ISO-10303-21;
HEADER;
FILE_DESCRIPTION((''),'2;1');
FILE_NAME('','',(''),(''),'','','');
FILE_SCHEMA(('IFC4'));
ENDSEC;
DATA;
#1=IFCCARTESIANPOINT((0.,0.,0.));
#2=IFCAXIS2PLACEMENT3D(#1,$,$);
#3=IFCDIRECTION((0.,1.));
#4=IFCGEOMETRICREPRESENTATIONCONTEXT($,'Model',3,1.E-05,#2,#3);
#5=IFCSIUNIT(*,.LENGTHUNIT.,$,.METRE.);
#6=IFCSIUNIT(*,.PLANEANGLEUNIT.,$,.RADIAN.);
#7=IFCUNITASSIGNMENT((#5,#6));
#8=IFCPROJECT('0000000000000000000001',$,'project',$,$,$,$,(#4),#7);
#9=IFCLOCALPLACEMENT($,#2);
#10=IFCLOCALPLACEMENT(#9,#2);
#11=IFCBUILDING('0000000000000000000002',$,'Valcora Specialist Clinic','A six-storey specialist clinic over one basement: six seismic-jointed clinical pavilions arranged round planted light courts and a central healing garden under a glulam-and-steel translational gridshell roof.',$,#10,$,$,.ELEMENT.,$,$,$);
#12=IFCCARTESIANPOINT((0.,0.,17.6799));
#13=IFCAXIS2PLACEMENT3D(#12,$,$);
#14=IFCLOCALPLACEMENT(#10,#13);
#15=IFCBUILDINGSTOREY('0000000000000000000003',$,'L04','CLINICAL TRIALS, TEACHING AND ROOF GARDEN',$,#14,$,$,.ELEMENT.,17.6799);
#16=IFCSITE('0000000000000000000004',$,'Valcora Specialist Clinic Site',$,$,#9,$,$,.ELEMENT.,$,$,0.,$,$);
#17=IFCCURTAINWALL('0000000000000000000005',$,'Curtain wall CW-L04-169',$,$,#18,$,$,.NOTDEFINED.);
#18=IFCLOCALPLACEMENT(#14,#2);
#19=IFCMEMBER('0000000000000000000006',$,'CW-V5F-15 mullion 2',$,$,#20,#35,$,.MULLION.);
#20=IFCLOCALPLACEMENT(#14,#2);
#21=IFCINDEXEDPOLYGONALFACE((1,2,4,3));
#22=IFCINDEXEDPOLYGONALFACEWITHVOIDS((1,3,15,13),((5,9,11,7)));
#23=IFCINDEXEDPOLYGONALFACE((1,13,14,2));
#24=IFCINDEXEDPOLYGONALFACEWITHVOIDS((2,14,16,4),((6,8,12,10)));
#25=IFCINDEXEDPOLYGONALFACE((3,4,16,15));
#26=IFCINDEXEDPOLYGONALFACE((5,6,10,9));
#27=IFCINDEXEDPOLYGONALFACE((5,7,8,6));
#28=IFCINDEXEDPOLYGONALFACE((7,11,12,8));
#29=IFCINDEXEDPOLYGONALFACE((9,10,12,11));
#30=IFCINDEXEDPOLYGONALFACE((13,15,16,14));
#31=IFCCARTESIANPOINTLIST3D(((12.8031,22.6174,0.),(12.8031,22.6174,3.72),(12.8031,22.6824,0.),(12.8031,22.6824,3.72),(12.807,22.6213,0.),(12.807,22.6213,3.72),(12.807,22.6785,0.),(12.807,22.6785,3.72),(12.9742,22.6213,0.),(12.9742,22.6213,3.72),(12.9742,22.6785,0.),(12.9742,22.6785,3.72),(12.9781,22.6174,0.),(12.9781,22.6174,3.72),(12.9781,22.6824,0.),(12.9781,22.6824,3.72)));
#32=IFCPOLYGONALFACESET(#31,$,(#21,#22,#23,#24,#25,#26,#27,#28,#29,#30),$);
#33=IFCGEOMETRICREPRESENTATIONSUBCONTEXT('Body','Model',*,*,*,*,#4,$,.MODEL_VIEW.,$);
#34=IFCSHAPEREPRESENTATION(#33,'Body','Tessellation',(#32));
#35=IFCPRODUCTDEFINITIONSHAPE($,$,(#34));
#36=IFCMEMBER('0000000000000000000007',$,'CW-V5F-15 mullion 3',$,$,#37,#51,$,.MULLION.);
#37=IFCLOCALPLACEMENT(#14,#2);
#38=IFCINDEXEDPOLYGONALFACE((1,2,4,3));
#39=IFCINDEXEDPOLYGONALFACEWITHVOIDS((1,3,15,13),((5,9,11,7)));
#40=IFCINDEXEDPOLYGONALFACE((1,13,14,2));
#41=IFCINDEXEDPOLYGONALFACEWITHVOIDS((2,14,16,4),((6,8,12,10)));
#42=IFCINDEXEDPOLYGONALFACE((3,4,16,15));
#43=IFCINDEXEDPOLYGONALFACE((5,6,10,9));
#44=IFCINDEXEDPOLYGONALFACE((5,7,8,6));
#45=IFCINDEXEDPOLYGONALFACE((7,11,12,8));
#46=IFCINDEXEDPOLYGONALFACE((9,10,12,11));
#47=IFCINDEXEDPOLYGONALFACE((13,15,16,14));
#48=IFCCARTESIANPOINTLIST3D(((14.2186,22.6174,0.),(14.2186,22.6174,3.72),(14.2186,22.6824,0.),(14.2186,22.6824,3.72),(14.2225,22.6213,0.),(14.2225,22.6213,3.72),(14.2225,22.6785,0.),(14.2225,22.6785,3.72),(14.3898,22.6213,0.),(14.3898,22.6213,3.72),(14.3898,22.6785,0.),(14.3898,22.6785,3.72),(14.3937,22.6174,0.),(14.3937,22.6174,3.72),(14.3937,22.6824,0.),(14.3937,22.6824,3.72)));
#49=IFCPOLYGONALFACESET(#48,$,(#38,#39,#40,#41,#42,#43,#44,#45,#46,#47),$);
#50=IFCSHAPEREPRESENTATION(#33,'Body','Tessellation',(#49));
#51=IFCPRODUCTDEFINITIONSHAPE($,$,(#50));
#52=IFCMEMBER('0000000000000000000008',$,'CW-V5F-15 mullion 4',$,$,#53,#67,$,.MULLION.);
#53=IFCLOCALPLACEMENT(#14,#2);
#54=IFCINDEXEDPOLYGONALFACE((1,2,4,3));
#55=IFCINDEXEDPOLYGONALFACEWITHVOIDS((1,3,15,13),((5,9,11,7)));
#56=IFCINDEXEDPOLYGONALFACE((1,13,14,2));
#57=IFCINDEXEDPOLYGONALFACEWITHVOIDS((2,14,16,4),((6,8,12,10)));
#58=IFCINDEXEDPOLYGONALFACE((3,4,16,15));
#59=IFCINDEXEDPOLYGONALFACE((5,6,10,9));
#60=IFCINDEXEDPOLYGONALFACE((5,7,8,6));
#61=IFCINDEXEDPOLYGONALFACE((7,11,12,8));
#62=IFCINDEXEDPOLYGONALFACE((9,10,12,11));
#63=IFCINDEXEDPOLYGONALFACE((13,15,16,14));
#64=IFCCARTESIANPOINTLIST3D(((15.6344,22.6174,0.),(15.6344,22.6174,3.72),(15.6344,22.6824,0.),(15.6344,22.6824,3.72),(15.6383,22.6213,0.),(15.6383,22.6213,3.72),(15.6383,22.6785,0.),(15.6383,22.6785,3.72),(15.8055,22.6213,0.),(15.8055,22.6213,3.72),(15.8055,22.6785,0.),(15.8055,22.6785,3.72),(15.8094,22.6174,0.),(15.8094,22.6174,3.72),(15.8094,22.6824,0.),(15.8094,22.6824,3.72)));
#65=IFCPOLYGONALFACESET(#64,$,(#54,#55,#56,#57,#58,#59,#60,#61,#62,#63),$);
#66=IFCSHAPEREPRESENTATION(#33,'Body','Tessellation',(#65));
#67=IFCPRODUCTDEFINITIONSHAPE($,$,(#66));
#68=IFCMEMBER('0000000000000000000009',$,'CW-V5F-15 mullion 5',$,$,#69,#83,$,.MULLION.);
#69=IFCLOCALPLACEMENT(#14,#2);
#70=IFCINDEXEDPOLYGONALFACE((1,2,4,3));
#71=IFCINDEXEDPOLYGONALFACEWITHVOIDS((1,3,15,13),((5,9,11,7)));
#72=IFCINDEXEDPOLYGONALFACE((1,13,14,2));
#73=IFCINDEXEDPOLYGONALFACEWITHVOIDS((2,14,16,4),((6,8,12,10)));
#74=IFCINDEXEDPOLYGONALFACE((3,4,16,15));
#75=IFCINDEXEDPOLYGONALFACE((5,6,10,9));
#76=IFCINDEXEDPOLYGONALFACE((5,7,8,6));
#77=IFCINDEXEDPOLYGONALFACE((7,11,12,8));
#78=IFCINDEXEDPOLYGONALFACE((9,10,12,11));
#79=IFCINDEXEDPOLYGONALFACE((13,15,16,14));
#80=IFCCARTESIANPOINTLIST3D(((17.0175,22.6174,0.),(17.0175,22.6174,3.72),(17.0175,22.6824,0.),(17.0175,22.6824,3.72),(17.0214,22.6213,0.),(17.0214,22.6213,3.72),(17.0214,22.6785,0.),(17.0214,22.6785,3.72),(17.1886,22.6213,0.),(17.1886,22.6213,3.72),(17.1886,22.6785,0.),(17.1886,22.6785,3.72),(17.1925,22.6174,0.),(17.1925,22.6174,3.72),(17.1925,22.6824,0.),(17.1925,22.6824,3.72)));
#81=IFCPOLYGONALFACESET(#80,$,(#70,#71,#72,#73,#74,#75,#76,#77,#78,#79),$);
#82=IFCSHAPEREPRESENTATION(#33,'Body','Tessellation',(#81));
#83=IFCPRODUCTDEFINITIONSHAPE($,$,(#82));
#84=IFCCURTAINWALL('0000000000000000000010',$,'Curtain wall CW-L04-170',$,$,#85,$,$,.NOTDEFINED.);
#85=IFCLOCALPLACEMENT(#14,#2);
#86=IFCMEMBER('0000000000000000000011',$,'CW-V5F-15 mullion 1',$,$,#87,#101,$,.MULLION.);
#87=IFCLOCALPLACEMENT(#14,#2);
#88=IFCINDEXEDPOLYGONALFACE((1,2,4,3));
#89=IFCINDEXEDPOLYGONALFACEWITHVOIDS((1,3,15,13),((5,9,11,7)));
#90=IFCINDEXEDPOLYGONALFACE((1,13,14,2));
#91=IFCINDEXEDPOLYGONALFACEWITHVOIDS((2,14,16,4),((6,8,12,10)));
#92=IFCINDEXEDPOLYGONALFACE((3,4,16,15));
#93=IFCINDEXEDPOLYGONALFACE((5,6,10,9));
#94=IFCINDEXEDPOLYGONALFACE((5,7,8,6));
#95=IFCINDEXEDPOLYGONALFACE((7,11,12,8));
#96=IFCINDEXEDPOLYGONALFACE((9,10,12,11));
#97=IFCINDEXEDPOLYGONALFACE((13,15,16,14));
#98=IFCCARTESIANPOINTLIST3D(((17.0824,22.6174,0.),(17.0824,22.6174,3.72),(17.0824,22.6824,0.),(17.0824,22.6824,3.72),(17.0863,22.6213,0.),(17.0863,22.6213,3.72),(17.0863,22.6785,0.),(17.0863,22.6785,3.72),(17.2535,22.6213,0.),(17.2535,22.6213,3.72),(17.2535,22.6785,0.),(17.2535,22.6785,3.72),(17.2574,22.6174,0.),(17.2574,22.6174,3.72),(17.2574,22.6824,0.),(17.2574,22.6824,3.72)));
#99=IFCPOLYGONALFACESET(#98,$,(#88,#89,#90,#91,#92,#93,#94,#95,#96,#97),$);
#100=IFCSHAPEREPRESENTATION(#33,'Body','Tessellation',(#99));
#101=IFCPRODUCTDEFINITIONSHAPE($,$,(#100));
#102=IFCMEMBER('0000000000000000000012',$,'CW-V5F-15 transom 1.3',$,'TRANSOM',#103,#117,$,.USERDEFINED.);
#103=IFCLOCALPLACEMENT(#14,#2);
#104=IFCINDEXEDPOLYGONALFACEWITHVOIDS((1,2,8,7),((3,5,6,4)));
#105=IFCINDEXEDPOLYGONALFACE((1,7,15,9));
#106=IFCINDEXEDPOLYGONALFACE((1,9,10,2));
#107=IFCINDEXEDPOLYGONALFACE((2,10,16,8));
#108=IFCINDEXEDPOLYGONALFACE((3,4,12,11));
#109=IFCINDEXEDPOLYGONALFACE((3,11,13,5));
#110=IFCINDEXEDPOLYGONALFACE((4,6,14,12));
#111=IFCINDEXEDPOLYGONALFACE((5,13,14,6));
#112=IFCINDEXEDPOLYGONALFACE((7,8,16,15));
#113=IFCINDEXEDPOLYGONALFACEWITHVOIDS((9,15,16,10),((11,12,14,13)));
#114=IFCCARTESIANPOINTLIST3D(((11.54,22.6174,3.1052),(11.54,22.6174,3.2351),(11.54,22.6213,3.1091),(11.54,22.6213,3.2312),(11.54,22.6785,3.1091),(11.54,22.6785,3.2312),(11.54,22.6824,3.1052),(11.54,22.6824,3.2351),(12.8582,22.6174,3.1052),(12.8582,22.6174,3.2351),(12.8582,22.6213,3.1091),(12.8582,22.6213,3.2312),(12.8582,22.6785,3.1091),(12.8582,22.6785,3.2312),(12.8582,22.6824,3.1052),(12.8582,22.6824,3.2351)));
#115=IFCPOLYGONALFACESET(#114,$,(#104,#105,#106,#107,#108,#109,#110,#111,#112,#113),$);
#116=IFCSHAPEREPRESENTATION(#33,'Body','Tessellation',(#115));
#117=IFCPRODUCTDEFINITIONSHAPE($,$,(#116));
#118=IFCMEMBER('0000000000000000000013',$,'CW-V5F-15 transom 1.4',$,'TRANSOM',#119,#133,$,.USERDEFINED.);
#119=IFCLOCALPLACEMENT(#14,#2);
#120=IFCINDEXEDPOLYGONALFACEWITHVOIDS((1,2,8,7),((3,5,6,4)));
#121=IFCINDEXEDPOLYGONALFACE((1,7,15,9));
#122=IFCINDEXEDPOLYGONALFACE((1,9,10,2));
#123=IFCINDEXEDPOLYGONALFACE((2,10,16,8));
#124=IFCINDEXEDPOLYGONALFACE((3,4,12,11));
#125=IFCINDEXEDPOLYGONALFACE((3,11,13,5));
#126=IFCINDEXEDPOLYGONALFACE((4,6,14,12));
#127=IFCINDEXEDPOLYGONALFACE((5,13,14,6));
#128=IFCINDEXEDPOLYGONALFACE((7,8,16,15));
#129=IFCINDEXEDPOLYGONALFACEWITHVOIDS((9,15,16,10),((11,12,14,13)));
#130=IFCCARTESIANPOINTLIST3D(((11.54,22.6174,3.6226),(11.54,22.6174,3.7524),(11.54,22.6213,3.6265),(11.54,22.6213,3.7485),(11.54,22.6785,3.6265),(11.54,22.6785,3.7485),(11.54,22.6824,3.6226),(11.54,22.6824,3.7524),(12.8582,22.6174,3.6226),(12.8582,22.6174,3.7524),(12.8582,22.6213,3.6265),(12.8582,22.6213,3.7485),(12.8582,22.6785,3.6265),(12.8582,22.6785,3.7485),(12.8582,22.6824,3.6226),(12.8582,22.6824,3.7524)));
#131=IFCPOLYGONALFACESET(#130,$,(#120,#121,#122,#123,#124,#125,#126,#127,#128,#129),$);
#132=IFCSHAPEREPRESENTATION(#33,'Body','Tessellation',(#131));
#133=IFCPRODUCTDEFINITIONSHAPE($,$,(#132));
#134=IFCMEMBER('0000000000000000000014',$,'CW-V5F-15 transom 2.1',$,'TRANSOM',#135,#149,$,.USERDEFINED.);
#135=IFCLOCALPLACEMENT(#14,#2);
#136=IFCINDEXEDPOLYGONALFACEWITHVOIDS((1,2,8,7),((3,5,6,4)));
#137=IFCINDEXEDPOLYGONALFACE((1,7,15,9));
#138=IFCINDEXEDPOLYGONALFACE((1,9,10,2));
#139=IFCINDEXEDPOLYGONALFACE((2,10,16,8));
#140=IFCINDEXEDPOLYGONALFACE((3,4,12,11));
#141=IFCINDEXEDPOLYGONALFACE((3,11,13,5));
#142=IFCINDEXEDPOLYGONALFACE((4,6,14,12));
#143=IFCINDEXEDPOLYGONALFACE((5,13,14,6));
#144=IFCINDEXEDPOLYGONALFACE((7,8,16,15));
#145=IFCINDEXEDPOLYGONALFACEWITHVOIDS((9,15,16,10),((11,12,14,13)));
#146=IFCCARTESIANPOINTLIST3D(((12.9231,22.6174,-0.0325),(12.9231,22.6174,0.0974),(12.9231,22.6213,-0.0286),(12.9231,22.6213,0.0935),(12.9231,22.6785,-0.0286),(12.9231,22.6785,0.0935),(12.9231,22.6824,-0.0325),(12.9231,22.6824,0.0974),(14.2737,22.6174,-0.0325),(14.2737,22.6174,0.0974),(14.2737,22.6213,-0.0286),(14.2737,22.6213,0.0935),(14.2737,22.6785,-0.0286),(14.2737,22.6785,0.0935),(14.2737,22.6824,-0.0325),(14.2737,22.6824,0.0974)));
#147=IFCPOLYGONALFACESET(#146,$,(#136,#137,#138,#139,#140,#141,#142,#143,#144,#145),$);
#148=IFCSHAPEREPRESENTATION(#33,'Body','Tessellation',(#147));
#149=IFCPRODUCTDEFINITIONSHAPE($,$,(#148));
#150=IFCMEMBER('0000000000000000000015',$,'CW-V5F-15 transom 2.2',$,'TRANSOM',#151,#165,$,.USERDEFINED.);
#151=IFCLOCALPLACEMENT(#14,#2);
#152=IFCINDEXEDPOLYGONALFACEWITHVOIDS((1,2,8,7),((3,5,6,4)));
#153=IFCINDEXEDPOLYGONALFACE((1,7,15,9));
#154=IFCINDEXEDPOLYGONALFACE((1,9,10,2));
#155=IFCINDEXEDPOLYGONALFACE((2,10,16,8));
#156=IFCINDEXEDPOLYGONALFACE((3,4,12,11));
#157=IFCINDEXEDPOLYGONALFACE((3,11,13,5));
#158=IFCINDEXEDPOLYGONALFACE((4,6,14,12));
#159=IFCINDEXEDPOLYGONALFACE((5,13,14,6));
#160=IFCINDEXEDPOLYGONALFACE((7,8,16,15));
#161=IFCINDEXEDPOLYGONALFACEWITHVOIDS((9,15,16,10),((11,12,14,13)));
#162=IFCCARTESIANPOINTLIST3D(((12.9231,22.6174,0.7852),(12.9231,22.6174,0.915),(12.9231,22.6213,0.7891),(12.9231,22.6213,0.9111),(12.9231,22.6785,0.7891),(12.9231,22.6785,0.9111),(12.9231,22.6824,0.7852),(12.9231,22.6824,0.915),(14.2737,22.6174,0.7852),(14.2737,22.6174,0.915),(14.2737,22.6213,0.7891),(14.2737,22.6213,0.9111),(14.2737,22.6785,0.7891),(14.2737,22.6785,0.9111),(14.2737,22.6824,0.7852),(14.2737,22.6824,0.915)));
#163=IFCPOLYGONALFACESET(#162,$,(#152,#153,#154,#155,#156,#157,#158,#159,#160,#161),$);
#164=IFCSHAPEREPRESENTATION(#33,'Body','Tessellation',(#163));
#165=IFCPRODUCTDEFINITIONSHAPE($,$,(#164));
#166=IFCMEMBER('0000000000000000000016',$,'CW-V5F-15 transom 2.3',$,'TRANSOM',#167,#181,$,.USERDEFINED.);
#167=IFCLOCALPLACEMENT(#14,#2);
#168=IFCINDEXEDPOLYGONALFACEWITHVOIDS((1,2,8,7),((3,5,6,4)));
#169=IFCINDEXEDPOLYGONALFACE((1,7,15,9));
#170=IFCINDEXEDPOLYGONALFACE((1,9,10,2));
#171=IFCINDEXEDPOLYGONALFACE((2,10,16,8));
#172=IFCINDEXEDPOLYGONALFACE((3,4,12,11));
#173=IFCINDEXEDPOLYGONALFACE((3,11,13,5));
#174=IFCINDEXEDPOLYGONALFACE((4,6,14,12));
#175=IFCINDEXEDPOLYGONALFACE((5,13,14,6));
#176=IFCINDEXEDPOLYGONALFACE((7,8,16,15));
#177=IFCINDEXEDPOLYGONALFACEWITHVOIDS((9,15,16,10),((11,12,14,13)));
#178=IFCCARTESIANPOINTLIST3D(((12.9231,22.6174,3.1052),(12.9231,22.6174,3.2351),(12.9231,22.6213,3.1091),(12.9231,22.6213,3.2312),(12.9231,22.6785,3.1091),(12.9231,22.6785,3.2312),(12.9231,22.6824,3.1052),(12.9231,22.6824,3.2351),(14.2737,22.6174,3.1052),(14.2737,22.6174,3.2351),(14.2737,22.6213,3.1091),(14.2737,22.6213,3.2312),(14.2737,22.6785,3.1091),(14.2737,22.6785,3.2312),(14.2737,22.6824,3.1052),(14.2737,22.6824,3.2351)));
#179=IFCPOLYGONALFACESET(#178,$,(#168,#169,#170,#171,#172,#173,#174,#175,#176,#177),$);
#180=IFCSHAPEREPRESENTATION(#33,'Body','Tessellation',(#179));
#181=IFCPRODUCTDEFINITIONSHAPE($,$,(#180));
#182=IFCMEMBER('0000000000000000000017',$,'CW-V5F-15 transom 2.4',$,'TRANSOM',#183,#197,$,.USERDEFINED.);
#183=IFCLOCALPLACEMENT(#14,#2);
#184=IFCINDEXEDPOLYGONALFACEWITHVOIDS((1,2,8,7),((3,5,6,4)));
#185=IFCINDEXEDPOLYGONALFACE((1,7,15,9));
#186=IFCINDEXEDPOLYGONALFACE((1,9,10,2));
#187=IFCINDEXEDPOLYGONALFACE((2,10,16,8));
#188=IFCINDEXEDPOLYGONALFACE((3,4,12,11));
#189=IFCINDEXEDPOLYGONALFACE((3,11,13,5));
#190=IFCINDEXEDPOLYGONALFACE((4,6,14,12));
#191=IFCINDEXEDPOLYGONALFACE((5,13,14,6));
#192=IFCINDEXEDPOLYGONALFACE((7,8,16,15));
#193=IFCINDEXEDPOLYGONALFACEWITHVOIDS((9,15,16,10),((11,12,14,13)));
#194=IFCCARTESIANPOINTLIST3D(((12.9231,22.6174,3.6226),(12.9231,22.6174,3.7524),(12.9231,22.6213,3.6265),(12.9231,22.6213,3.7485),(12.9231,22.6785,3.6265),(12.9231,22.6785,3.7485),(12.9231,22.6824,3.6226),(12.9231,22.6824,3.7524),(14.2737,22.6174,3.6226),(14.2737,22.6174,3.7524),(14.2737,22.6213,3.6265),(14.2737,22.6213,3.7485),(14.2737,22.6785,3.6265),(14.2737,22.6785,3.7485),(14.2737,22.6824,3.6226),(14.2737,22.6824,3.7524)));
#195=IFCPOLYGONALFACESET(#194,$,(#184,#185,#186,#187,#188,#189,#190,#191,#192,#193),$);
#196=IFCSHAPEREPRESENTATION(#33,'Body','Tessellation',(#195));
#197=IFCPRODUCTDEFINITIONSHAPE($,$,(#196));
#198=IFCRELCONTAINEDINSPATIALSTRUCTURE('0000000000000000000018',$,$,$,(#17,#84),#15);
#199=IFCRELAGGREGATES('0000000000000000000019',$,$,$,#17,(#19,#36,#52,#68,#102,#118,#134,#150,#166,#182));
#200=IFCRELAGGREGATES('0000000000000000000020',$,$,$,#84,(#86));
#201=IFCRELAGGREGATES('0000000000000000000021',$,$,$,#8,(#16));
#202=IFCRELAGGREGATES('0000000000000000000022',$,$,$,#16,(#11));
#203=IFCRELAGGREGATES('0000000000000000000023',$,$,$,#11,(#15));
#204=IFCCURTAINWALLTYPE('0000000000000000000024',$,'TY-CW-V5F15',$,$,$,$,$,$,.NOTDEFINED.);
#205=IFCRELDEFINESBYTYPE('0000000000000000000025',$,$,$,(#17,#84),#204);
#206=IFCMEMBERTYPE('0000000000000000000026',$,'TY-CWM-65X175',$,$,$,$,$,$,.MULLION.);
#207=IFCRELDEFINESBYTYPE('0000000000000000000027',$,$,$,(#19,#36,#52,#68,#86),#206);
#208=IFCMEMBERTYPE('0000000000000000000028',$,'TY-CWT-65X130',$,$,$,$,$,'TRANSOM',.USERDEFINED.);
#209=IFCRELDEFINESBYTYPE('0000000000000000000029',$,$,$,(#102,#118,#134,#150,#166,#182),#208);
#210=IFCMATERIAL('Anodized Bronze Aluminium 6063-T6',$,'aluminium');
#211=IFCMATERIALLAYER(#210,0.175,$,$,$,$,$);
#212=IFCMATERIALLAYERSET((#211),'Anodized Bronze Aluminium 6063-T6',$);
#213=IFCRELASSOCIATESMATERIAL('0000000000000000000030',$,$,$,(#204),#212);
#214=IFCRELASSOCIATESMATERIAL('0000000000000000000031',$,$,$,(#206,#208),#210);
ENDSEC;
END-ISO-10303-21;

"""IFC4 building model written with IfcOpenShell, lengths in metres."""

from ifc_helpers import new_model, si_unit, direction, frame, origin, origin_2d, place, context, subcontext, project, spatial, hollow_rectangle, extrude, material, layer, layer_set, material_profile, profile_set, type_object, element, aggregate, save


model = new_model("IFC4")

# Units and contexts
model_context = context("Model", 3, precision=1e-05, world=origin(), true_north=direction((0.0, 1.0)))
body_context = subcontext(model_context, "Body", "Model", "MODEL_VIEW")
ifc_project = project(units=[si_unit("LENGTHUNIT", "METRE"), si_unit("PLANEANGLEUNIT", "RADIAN")], contexts=[model_context])

# Site, building, storey
site_placement = place(None, origin())
site = spatial("IfcSite", under=ifc_project, at=site_placement, Name="Valcora Specialist Clinic Site", CompositionType="ELEMENT", RefElevation=0.0)
building_placement = place(site_placement, origin())
building = spatial("IfcBuilding", under=site, at=building_placement, Name="Valcora Specialist Clinic", Description="A six-storey specialist clinic over one basement: six seismic-jointed clinical pavilions arranged round planted light courts and a central healing garden under a glulam-and-steel translational gridshell roof.", CompositionType="ELEMENT")
storey_placement = place(building_placement, frame((0.0, 0.0, 17.6799)))
storey = spatial("IfcBuildingStorey", under=building, at=storey_placement, Name="L04", Description="CLINICAL TRIALS, TEACHING AND ROOF GARDEN", CompositionType="ELEMENT", Elevation=17.6799)

# Curtain wall, members
ifc_material_1 = material(Name="Anodized Bronze Aluminium 6063-T6", Category="aluminium")
ifc_layer_1 = layer(ifc_material_1, 0.175)
ifc_layer_set_1 = layer_set([ifc_layer_1], Name="Anodized Bronze Aluminium 6063-T6")
curtain_wall_type = type_object("IfcCurtainWallType", Name="TY-CW-V5F15", PredefinedType="NOTDEFINED", material=ifc_layer_set_1)
curtain_wall_1_placement = place(storey_placement, origin())
curtain_wall_1 = element("IfcCurtainWall", 1, at=curtain_wall_1_placement, inside=storey, type_object=curtain_wall_type, Name="Curtain wall CW-L04-169", PredefinedType="NOTDEFINED")
ifc_material_profile_1 = material_profile(ifc_material_1, hollow_rectangle(XDim=0.0649, YDim=0.175, WallThickness=0.0039, at=origin_2d()), Name="AL-MUL-65X175")
ifc_profile_set_1 = profile_set([ifc_material_profile_1], Name="Anodized Bronze Aluminium 6063-T6")
member_type_1 = type_object("IfcMemberType", Name="TY-CWM-65X175", PredefinedType="MULLION", material=ifc_profile_set_1)
member_1_placement = place(storey_placement, frame((12.8906, 22.6499, 0.0), z_axis=(0.0, 0.0, 1.0), x_axis=(0.0, 1.0, 0.0)))
member_1 = element("IfcMember", 2, at=member_1_placement, type_object=member_type_1, Name="CW-V5F-15 mullion 2", PredefinedType="MULLION", context=body_context, shape_type="SweptSolid", body=[
    extrude(hollow_rectangle(XDim=0.0649, YDim=0.175, WallThickness=0.0039, at=origin_2d()), origin(), (0.0, 0.0, 1.0), 3.72),
])
member_2_placement = place(storey_placement, frame((14.3062, 22.6499, 0.0), z_axis=(0.0, 0.0, 1.0), x_axis=(0.0, 1.0, 0.0)))
member_2 = element("IfcMember", 3, at=member_2_placement, type_object=member_type_1, Name="CW-V5F-15 mullion 3", PredefinedType="MULLION", context=body_context, shape_type="SweptSolid", body=[
    extrude(hollow_rectangle(XDim=0.0649, YDim=0.175, WallThickness=0.0039, at=origin_2d()), origin(), (0.0, 0.0, 1.0), 3.72),
])
member_3_placement = place(storey_placement, frame((15.7219, 22.6499, 0.0), z_axis=(0.0, 0.0, 1.0), x_axis=(0.0, 1.0, 0.0)))
member_3 = element("IfcMember", 4, at=member_3_placement, type_object=member_type_1, Name="CW-V5F-15 mullion 4", PredefinedType="MULLION", context=body_context, shape_type="SweptSolid", body=[
    extrude(hollow_rectangle(XDim=0.0649, YDim=0.175, WallThickness=0.0039, at=origin_2d()), origin(), (0.0, 0.0, 1.0), 3.72),
])
member_4_placement = place(storey_placement, frame((17.105, 22.6499, 0.0), z_axis=(0.0, 0.0, 1.0), x_axis=(0.0, 1.0, 0.0)))
member_4 = element("IfcMember", 5, at=member_4_placement, type_object=member_type_1, Name="CW-V5F-15 mullion 5", PredefinedType="MULLION", context=body_context, shape_type="SweptSolid", body=[
    extrude(hollow_rectangle(XDim=0.0649, YDim=0.175, WallThickness=0.0039, at=origin_2d()), origin(), (0.0, 0.0, 1.0), 3.72),
])

# Curtain wall, member
curtain_wall_2_placement = place(storey_placement, origin())
curtain_wall_2 = element("IfcCurtainWall", 6, at=curtain_wall_2_placement, inside=storey, type_object=curtain_wall_type, Name="Curtain wall CW-L04-170", PredefinedType="NOTDEFINED")
member_5_placement = place(storey_placement, frame((17.1699, 22.6499, 0.0), z_axis=(0.0, 0.0, 1.0), x_axis=(0.0, 1.0, 0.0)))
member_5 = element("IfcMember", 7, at=member_5_placement, type_object=member_type_1, Name="CW-V5F-15 mullion 1", PredefinedType="MULLION", context=body_context, shape_type="SweptSolid", body=[
    extrude(hollow_rectangle(XDim=0.0649, YDim=0.175, WallThickness=0.0039, at=origin_2d()), origin(), (0.0, 0.0, 1.0), 3.72),
])

# Members
ifc_material_profile_2 = material_profile(ifc_material_1, hollow_rectangle(XDim=0.0649, YDim=0.1299, WallThickness=0.0039, at=origin_2d()), Name="AL-TRN-65X130")
ifc_profile_set_2 = profile_set([ifc_material_profile_2], Name="Anodized Bronze Aluminium 6063-T6")
member_type_2 = type_object("IfcMemberType", Name="TY-CWT-65X130", ElementType="TRANSOM", PredefinedType="USERDEFINED", material=ifc_profile_set_2)
member_6_placement = place(storey_placement, frame((11.54, 22.6499, 3.1702), z_axis=(1.0, 0.0, 0.0), x_axis=(0.0, 1.0, 0.0)))
member_6 = element("IfcMember", 8, at=member_6_placement, type_object=member_type_2, Name="CW-V5F-15 transom 1.3", ObjectType="TRANSOM", PredefinedType="USERDEFINED", context=body_context, shape_type="SweptSolid", body=[
    extrude(hollow_rectangle(XDim=0.0649, YDim=0.1299, WallThickness=0.0039, at=origin_2d()), origin(), (0.0, 0.0, 1.0), 1.3181),
])
member_7_placement = place(storey_placement, frame((11.54, 22.6499, 3.6875), z_axis=(1.0, 0.0, 0.0), x_axis=(0.0, 1.0, 0.0)))
member_7 = element("IfcMember", 9, at=member_7_placement, type_object=member_type_2, Name="CW-V5F-15 transom 1.4", ObjectType="TRANSOM", PredefinedType="USERDEFINED", context=body_context, shape_type="SweptSolid", body=[
    extrude(hollow_rectangle(XDim=0.0649, YDim=0.1299, WallThickness=0.0039, at=origin_2d()), origin(), (0.0, 0.0, 1.0), 1.3181),
])
member_8_placement = place(storey_placement, frame((12.9231, 22.6499, 0.0325), z_axis=(1.0, 0.0, 0.0), x_axis=(0.0, 1.0, 0.0)))
member_8 = element("IfcMember", 10, at=member_8_placement, type_object=member_type_2, Name="CW-V5F-15 transom 2.1", ObjectType="TRANSOM", PredefinedType="USERDEFINED", context=body_context, shape_type="SweptSolid", body=[
    extrude(hollow_rectangle(XDim=0.0649, YDim=0.1299, WallThickness=0.0039, at=origin_2d()), origin(), (0.0, 0.0, 1.0), 1.3506),
])
member_9_placement = place(storey_placement, frame((12.9231, 22.6499, 0.8501), z_axis=(1.0, 0.0, 0.0), x_axis=(0.0, 1.0, 0.0)))
member_9 = element("IfcMember", 11, at=member_9_placement, type_object=member_type_2, Name="CW-V5F-15 transom 2.2", ObjectType="TRANSOM", PredefinedType="USERDEFINED", context=body_context, shape_type="SweptSolid", body=[
    extrude(hollow_rectangle(XDim=0.0649, YDim=0.1299, WallThickness=0.0039, at=origin_2d()), origin(), (0.0, 0.0, 1.0), 1.3506),
])
member_10_placement = place(storey_placement, frame((12.9231, 22.6499, 3.1702), z_axis=(1.0, 0.0, 0.0), x_axis=(0.0, 1.0, 0.0)))
member_10 = element("IfcMember", 12, at=member_10_placement, type_object=member_type_2, Name="CW-V5F-15 transom 2.3", ObjectType="TRANSOM", PredefinedType="USERDEFINED", context=body_context, shape_type="SweptSolid", body=[
    extrude(hollow_rectangle(XDim=0.0649, YDim=0.1299, WallThickness=0.0039, at=origin_2d()), origin(), (0.0, 0.0, 1.0), 1.3506),
])
member_11_placement = place(storey_placement, frame((12.9231, 22.6499, 3.6875), z_axis=(1.0, 0.0, 0.0), x_axis=(0.0, 1.0, 0.0)))
member_11 = element("IfcMember", 13, at=member_11_placement, type_object=member_type_2, Name="CW-V5F-15 transom 2.4", ObjectType="TRANSOM", PredefinedType="USERDEFINED", context=body_context, shape_type="SweptSolid", body=[
    extrude(hollow_rectangle(XDim=0.0649, YDim=0.1299, WallThickness=0.0039, at=origin_2d()), origin(), (0.0, 0.0, 1.0), 1.3506),
])

aggregate(curtain_wall_1, [member_1, member_2, member_3, member_4, member_6, member_7, member_8, member_9, member_10, member_11])
aggregate(curtain_wall_2, [member_5])

save(model, "model.ifc")
